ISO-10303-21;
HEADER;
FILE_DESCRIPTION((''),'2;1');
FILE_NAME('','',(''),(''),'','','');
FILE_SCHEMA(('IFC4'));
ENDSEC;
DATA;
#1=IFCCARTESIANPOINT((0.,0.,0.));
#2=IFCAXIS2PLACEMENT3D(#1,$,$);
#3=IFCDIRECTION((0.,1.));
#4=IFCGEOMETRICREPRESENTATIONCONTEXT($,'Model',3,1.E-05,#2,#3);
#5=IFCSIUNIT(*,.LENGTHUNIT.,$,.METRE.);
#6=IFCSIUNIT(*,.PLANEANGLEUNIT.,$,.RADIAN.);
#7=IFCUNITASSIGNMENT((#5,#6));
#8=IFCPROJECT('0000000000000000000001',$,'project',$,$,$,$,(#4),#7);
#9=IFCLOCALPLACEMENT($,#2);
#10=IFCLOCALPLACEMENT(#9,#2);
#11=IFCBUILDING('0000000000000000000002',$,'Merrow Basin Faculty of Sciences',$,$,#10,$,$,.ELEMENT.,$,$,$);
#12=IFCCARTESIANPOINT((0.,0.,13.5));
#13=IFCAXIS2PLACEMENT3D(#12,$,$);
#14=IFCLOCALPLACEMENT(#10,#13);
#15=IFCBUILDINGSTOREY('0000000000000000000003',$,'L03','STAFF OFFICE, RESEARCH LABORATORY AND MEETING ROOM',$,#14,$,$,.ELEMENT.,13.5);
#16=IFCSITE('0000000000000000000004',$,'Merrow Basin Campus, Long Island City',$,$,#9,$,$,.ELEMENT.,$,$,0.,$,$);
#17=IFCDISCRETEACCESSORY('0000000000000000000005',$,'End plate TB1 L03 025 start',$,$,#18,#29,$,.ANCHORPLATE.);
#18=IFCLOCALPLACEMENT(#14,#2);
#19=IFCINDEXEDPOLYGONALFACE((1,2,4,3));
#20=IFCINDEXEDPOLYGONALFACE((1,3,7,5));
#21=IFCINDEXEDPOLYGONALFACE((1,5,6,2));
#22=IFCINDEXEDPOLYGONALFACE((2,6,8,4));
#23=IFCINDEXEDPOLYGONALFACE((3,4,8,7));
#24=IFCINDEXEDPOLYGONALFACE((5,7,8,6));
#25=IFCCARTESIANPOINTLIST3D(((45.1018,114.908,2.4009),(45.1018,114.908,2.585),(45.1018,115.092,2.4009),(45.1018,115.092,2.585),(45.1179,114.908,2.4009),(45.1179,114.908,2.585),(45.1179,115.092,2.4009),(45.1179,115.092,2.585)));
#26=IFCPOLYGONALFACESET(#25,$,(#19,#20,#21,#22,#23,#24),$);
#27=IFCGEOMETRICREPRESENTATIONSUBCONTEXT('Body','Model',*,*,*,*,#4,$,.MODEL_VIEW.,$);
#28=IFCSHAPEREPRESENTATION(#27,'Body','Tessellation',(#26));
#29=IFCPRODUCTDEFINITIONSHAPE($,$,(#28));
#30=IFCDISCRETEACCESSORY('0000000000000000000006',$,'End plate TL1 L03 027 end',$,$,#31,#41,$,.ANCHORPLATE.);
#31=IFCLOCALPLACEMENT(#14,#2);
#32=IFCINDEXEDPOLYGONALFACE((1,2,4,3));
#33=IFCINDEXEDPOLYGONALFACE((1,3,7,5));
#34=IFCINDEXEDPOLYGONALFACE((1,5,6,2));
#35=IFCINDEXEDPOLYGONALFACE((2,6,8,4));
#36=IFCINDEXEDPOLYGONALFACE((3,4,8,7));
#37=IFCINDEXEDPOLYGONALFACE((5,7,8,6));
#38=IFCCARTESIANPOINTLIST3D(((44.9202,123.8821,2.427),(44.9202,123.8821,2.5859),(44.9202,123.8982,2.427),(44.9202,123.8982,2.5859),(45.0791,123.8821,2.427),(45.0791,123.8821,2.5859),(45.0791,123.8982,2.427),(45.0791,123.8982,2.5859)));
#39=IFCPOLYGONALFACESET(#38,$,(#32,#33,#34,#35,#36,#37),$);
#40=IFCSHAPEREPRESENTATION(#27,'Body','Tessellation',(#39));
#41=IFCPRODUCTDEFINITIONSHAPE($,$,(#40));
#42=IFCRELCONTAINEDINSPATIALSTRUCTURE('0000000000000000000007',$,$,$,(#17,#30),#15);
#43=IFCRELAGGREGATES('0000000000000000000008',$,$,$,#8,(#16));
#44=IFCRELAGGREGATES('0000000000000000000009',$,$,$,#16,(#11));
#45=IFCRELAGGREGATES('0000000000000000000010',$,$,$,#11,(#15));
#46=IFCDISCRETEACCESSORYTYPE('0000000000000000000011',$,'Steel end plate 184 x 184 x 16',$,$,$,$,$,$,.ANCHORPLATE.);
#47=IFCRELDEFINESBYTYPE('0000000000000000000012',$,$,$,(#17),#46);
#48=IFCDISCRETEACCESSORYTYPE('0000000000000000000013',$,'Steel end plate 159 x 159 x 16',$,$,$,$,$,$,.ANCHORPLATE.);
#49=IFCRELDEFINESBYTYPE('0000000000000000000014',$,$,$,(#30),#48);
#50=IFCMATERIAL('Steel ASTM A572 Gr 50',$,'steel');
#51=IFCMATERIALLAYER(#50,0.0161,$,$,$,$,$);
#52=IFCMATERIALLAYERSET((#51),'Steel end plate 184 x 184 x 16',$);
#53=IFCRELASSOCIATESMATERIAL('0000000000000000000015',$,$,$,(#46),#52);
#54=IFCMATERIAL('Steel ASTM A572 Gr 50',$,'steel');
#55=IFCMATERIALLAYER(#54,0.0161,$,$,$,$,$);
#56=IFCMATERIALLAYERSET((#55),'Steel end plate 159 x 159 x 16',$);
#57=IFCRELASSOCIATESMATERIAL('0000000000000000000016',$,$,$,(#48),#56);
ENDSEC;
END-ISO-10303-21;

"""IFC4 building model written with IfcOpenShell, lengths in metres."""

from ifc_helpers import new_model, si_unit, direction, frame, origin, place, context, subcontext, project, spatial, polyline, outline, extrude, source, transform, mapped, material, layer, layer_set, type_object, element, save


model = new_model("IFC4")

# Units and contexts
model_context = context("Model", 3, precision=1e-05, world=origin(), true_north=direction((0.0, 1.0)))
body_context = subcontext(model_context, "Body", "Model", "MODEL_VIEW")
ifc_project = project(units=[si_unit("LENGTHUNIT", "METRE"), si_unit("PLANEANGLEUNIT", "RADIAN")], contexts=[model_context])

# Site, building, storey
site_placement = place(None, origin())
site = spatial("IfcSite", under=ifc_project, at=site_placement, Name="Merrow Basin Campus, Long Island City", CompositionType="ELEMENT", RefElevation=0.0)
building_placement = place(site_placement, origin())
building = spatial("IfcBuilding", under=site, at=building_placement, Name="Merrow Basin Faculty of Sciences", CompositionType="ELEMENT")
storey_placement = place(building_placement, frame((0.0, 0.0, 13.5)))
storey = spatial("IfcBuildingStorey", under=building, at=storey_placement, Name="L03", Description="STAFF OFFICE, RESEARCH LABORATORY AND MEETING ROOM", CompositionType="ELEMENT", Elevation=13.5)

# Discrete accessories
ifc_material_1 = material(Name="Steel ASTM A572 Gr 50", Category="steel")
ifc_layer_1 = layer(ifc_material_1, 0.0161)
ifc_layer_set_1 = layer_set([ifc_layer_1], Name="Steel end plate 184 x 184 x 16")
discrete_accessory_type_1 = type_object("IfcDiscreteAccessoryType", Name="Steel end plate 184 x 184 x 16", PredefinedType="ANCHORPLATE", material=ifc_layer_set_1)
shared_shape_1 = source(origin(), body_context, "Body", "SweptSolid", [
    extrude(outline(polyline([(0.0, 0.0), (0.1841, 0.0), (0.1841, 0.1841), (0.0, 0.1841), (0.0, 0.0)])), origin(), (0.0, 0.0, 1.0), 0.0161),
])
discrete_accessory_1_placement = place(storey_placement, frame((45.1179, 115.092, 2.4009), z_axis=(-1.0, 0.0, 0.0), x_axis=(0.0, -1.0, 0.0)))
element("IfcDiscreteAccessory", 1, at=discrete_accessory_1_placement, inside=storey, type_object=discrete_accessory_type_1, Name="End plate TB1 L03 025 start", PredefinedType="ANCHORPLATE", context=body_context, shape_type="MappedRepresentation", body=[
    mapped(shared_shape_1, transform((0.0, 0.0, 0.0), scale=1.0)),
])
ifc_material_2 = material(Name="Steel ASTM A572 Gr 50", Category="steel")
ifc_layer_2 = layer(ifc_material_2, 0.0161)
ifc_layer_set_2 = layer_set([ifc_layer_2], Name="Steel end plate 159 x 159 x 16")
discrete_accessory_type_2 = type_object("IfcDiscreteAccessoryType", Name="Steel end plate 159 x 159 x 16", PredefinedType="ANCHORPLATE", material=ifc_layer_set_2)
shared_shape_2 = source(origin(), body_context, "Body", "SweptSolid", [
    extrude(outline(polyline([(0.0, 0.0), (0.1589, 0.0), (0.1589, 0.1589), (0.0, 0.1589), (0.0, 0.0)])), origin(), (0.0, 0.0, 1.0), 0.0161),
])
discrete_accessory_2_placement = place(storey_placement, frame((45.0791, 123.8821, 2.427), z_axis=(0.0, 1.0, 0.0), x_axis=(-1.0, 0.0, 0.0)))
element("IfcDiscreteAccessory", 2, at=discrete_accessory_2_placement, inside=storey, type_object=discrete_accessory_type_2, Name="End plate TL1 L03 027 end", PredefinedType="ANCHORPLATE", context=body_context, shape_type="MappedRepresentation", body=[
    mapped(shared_shape_2, transform((0.0, 0.0, 0.0), scale=1.0)),
])

save(model, "model.ifc")
